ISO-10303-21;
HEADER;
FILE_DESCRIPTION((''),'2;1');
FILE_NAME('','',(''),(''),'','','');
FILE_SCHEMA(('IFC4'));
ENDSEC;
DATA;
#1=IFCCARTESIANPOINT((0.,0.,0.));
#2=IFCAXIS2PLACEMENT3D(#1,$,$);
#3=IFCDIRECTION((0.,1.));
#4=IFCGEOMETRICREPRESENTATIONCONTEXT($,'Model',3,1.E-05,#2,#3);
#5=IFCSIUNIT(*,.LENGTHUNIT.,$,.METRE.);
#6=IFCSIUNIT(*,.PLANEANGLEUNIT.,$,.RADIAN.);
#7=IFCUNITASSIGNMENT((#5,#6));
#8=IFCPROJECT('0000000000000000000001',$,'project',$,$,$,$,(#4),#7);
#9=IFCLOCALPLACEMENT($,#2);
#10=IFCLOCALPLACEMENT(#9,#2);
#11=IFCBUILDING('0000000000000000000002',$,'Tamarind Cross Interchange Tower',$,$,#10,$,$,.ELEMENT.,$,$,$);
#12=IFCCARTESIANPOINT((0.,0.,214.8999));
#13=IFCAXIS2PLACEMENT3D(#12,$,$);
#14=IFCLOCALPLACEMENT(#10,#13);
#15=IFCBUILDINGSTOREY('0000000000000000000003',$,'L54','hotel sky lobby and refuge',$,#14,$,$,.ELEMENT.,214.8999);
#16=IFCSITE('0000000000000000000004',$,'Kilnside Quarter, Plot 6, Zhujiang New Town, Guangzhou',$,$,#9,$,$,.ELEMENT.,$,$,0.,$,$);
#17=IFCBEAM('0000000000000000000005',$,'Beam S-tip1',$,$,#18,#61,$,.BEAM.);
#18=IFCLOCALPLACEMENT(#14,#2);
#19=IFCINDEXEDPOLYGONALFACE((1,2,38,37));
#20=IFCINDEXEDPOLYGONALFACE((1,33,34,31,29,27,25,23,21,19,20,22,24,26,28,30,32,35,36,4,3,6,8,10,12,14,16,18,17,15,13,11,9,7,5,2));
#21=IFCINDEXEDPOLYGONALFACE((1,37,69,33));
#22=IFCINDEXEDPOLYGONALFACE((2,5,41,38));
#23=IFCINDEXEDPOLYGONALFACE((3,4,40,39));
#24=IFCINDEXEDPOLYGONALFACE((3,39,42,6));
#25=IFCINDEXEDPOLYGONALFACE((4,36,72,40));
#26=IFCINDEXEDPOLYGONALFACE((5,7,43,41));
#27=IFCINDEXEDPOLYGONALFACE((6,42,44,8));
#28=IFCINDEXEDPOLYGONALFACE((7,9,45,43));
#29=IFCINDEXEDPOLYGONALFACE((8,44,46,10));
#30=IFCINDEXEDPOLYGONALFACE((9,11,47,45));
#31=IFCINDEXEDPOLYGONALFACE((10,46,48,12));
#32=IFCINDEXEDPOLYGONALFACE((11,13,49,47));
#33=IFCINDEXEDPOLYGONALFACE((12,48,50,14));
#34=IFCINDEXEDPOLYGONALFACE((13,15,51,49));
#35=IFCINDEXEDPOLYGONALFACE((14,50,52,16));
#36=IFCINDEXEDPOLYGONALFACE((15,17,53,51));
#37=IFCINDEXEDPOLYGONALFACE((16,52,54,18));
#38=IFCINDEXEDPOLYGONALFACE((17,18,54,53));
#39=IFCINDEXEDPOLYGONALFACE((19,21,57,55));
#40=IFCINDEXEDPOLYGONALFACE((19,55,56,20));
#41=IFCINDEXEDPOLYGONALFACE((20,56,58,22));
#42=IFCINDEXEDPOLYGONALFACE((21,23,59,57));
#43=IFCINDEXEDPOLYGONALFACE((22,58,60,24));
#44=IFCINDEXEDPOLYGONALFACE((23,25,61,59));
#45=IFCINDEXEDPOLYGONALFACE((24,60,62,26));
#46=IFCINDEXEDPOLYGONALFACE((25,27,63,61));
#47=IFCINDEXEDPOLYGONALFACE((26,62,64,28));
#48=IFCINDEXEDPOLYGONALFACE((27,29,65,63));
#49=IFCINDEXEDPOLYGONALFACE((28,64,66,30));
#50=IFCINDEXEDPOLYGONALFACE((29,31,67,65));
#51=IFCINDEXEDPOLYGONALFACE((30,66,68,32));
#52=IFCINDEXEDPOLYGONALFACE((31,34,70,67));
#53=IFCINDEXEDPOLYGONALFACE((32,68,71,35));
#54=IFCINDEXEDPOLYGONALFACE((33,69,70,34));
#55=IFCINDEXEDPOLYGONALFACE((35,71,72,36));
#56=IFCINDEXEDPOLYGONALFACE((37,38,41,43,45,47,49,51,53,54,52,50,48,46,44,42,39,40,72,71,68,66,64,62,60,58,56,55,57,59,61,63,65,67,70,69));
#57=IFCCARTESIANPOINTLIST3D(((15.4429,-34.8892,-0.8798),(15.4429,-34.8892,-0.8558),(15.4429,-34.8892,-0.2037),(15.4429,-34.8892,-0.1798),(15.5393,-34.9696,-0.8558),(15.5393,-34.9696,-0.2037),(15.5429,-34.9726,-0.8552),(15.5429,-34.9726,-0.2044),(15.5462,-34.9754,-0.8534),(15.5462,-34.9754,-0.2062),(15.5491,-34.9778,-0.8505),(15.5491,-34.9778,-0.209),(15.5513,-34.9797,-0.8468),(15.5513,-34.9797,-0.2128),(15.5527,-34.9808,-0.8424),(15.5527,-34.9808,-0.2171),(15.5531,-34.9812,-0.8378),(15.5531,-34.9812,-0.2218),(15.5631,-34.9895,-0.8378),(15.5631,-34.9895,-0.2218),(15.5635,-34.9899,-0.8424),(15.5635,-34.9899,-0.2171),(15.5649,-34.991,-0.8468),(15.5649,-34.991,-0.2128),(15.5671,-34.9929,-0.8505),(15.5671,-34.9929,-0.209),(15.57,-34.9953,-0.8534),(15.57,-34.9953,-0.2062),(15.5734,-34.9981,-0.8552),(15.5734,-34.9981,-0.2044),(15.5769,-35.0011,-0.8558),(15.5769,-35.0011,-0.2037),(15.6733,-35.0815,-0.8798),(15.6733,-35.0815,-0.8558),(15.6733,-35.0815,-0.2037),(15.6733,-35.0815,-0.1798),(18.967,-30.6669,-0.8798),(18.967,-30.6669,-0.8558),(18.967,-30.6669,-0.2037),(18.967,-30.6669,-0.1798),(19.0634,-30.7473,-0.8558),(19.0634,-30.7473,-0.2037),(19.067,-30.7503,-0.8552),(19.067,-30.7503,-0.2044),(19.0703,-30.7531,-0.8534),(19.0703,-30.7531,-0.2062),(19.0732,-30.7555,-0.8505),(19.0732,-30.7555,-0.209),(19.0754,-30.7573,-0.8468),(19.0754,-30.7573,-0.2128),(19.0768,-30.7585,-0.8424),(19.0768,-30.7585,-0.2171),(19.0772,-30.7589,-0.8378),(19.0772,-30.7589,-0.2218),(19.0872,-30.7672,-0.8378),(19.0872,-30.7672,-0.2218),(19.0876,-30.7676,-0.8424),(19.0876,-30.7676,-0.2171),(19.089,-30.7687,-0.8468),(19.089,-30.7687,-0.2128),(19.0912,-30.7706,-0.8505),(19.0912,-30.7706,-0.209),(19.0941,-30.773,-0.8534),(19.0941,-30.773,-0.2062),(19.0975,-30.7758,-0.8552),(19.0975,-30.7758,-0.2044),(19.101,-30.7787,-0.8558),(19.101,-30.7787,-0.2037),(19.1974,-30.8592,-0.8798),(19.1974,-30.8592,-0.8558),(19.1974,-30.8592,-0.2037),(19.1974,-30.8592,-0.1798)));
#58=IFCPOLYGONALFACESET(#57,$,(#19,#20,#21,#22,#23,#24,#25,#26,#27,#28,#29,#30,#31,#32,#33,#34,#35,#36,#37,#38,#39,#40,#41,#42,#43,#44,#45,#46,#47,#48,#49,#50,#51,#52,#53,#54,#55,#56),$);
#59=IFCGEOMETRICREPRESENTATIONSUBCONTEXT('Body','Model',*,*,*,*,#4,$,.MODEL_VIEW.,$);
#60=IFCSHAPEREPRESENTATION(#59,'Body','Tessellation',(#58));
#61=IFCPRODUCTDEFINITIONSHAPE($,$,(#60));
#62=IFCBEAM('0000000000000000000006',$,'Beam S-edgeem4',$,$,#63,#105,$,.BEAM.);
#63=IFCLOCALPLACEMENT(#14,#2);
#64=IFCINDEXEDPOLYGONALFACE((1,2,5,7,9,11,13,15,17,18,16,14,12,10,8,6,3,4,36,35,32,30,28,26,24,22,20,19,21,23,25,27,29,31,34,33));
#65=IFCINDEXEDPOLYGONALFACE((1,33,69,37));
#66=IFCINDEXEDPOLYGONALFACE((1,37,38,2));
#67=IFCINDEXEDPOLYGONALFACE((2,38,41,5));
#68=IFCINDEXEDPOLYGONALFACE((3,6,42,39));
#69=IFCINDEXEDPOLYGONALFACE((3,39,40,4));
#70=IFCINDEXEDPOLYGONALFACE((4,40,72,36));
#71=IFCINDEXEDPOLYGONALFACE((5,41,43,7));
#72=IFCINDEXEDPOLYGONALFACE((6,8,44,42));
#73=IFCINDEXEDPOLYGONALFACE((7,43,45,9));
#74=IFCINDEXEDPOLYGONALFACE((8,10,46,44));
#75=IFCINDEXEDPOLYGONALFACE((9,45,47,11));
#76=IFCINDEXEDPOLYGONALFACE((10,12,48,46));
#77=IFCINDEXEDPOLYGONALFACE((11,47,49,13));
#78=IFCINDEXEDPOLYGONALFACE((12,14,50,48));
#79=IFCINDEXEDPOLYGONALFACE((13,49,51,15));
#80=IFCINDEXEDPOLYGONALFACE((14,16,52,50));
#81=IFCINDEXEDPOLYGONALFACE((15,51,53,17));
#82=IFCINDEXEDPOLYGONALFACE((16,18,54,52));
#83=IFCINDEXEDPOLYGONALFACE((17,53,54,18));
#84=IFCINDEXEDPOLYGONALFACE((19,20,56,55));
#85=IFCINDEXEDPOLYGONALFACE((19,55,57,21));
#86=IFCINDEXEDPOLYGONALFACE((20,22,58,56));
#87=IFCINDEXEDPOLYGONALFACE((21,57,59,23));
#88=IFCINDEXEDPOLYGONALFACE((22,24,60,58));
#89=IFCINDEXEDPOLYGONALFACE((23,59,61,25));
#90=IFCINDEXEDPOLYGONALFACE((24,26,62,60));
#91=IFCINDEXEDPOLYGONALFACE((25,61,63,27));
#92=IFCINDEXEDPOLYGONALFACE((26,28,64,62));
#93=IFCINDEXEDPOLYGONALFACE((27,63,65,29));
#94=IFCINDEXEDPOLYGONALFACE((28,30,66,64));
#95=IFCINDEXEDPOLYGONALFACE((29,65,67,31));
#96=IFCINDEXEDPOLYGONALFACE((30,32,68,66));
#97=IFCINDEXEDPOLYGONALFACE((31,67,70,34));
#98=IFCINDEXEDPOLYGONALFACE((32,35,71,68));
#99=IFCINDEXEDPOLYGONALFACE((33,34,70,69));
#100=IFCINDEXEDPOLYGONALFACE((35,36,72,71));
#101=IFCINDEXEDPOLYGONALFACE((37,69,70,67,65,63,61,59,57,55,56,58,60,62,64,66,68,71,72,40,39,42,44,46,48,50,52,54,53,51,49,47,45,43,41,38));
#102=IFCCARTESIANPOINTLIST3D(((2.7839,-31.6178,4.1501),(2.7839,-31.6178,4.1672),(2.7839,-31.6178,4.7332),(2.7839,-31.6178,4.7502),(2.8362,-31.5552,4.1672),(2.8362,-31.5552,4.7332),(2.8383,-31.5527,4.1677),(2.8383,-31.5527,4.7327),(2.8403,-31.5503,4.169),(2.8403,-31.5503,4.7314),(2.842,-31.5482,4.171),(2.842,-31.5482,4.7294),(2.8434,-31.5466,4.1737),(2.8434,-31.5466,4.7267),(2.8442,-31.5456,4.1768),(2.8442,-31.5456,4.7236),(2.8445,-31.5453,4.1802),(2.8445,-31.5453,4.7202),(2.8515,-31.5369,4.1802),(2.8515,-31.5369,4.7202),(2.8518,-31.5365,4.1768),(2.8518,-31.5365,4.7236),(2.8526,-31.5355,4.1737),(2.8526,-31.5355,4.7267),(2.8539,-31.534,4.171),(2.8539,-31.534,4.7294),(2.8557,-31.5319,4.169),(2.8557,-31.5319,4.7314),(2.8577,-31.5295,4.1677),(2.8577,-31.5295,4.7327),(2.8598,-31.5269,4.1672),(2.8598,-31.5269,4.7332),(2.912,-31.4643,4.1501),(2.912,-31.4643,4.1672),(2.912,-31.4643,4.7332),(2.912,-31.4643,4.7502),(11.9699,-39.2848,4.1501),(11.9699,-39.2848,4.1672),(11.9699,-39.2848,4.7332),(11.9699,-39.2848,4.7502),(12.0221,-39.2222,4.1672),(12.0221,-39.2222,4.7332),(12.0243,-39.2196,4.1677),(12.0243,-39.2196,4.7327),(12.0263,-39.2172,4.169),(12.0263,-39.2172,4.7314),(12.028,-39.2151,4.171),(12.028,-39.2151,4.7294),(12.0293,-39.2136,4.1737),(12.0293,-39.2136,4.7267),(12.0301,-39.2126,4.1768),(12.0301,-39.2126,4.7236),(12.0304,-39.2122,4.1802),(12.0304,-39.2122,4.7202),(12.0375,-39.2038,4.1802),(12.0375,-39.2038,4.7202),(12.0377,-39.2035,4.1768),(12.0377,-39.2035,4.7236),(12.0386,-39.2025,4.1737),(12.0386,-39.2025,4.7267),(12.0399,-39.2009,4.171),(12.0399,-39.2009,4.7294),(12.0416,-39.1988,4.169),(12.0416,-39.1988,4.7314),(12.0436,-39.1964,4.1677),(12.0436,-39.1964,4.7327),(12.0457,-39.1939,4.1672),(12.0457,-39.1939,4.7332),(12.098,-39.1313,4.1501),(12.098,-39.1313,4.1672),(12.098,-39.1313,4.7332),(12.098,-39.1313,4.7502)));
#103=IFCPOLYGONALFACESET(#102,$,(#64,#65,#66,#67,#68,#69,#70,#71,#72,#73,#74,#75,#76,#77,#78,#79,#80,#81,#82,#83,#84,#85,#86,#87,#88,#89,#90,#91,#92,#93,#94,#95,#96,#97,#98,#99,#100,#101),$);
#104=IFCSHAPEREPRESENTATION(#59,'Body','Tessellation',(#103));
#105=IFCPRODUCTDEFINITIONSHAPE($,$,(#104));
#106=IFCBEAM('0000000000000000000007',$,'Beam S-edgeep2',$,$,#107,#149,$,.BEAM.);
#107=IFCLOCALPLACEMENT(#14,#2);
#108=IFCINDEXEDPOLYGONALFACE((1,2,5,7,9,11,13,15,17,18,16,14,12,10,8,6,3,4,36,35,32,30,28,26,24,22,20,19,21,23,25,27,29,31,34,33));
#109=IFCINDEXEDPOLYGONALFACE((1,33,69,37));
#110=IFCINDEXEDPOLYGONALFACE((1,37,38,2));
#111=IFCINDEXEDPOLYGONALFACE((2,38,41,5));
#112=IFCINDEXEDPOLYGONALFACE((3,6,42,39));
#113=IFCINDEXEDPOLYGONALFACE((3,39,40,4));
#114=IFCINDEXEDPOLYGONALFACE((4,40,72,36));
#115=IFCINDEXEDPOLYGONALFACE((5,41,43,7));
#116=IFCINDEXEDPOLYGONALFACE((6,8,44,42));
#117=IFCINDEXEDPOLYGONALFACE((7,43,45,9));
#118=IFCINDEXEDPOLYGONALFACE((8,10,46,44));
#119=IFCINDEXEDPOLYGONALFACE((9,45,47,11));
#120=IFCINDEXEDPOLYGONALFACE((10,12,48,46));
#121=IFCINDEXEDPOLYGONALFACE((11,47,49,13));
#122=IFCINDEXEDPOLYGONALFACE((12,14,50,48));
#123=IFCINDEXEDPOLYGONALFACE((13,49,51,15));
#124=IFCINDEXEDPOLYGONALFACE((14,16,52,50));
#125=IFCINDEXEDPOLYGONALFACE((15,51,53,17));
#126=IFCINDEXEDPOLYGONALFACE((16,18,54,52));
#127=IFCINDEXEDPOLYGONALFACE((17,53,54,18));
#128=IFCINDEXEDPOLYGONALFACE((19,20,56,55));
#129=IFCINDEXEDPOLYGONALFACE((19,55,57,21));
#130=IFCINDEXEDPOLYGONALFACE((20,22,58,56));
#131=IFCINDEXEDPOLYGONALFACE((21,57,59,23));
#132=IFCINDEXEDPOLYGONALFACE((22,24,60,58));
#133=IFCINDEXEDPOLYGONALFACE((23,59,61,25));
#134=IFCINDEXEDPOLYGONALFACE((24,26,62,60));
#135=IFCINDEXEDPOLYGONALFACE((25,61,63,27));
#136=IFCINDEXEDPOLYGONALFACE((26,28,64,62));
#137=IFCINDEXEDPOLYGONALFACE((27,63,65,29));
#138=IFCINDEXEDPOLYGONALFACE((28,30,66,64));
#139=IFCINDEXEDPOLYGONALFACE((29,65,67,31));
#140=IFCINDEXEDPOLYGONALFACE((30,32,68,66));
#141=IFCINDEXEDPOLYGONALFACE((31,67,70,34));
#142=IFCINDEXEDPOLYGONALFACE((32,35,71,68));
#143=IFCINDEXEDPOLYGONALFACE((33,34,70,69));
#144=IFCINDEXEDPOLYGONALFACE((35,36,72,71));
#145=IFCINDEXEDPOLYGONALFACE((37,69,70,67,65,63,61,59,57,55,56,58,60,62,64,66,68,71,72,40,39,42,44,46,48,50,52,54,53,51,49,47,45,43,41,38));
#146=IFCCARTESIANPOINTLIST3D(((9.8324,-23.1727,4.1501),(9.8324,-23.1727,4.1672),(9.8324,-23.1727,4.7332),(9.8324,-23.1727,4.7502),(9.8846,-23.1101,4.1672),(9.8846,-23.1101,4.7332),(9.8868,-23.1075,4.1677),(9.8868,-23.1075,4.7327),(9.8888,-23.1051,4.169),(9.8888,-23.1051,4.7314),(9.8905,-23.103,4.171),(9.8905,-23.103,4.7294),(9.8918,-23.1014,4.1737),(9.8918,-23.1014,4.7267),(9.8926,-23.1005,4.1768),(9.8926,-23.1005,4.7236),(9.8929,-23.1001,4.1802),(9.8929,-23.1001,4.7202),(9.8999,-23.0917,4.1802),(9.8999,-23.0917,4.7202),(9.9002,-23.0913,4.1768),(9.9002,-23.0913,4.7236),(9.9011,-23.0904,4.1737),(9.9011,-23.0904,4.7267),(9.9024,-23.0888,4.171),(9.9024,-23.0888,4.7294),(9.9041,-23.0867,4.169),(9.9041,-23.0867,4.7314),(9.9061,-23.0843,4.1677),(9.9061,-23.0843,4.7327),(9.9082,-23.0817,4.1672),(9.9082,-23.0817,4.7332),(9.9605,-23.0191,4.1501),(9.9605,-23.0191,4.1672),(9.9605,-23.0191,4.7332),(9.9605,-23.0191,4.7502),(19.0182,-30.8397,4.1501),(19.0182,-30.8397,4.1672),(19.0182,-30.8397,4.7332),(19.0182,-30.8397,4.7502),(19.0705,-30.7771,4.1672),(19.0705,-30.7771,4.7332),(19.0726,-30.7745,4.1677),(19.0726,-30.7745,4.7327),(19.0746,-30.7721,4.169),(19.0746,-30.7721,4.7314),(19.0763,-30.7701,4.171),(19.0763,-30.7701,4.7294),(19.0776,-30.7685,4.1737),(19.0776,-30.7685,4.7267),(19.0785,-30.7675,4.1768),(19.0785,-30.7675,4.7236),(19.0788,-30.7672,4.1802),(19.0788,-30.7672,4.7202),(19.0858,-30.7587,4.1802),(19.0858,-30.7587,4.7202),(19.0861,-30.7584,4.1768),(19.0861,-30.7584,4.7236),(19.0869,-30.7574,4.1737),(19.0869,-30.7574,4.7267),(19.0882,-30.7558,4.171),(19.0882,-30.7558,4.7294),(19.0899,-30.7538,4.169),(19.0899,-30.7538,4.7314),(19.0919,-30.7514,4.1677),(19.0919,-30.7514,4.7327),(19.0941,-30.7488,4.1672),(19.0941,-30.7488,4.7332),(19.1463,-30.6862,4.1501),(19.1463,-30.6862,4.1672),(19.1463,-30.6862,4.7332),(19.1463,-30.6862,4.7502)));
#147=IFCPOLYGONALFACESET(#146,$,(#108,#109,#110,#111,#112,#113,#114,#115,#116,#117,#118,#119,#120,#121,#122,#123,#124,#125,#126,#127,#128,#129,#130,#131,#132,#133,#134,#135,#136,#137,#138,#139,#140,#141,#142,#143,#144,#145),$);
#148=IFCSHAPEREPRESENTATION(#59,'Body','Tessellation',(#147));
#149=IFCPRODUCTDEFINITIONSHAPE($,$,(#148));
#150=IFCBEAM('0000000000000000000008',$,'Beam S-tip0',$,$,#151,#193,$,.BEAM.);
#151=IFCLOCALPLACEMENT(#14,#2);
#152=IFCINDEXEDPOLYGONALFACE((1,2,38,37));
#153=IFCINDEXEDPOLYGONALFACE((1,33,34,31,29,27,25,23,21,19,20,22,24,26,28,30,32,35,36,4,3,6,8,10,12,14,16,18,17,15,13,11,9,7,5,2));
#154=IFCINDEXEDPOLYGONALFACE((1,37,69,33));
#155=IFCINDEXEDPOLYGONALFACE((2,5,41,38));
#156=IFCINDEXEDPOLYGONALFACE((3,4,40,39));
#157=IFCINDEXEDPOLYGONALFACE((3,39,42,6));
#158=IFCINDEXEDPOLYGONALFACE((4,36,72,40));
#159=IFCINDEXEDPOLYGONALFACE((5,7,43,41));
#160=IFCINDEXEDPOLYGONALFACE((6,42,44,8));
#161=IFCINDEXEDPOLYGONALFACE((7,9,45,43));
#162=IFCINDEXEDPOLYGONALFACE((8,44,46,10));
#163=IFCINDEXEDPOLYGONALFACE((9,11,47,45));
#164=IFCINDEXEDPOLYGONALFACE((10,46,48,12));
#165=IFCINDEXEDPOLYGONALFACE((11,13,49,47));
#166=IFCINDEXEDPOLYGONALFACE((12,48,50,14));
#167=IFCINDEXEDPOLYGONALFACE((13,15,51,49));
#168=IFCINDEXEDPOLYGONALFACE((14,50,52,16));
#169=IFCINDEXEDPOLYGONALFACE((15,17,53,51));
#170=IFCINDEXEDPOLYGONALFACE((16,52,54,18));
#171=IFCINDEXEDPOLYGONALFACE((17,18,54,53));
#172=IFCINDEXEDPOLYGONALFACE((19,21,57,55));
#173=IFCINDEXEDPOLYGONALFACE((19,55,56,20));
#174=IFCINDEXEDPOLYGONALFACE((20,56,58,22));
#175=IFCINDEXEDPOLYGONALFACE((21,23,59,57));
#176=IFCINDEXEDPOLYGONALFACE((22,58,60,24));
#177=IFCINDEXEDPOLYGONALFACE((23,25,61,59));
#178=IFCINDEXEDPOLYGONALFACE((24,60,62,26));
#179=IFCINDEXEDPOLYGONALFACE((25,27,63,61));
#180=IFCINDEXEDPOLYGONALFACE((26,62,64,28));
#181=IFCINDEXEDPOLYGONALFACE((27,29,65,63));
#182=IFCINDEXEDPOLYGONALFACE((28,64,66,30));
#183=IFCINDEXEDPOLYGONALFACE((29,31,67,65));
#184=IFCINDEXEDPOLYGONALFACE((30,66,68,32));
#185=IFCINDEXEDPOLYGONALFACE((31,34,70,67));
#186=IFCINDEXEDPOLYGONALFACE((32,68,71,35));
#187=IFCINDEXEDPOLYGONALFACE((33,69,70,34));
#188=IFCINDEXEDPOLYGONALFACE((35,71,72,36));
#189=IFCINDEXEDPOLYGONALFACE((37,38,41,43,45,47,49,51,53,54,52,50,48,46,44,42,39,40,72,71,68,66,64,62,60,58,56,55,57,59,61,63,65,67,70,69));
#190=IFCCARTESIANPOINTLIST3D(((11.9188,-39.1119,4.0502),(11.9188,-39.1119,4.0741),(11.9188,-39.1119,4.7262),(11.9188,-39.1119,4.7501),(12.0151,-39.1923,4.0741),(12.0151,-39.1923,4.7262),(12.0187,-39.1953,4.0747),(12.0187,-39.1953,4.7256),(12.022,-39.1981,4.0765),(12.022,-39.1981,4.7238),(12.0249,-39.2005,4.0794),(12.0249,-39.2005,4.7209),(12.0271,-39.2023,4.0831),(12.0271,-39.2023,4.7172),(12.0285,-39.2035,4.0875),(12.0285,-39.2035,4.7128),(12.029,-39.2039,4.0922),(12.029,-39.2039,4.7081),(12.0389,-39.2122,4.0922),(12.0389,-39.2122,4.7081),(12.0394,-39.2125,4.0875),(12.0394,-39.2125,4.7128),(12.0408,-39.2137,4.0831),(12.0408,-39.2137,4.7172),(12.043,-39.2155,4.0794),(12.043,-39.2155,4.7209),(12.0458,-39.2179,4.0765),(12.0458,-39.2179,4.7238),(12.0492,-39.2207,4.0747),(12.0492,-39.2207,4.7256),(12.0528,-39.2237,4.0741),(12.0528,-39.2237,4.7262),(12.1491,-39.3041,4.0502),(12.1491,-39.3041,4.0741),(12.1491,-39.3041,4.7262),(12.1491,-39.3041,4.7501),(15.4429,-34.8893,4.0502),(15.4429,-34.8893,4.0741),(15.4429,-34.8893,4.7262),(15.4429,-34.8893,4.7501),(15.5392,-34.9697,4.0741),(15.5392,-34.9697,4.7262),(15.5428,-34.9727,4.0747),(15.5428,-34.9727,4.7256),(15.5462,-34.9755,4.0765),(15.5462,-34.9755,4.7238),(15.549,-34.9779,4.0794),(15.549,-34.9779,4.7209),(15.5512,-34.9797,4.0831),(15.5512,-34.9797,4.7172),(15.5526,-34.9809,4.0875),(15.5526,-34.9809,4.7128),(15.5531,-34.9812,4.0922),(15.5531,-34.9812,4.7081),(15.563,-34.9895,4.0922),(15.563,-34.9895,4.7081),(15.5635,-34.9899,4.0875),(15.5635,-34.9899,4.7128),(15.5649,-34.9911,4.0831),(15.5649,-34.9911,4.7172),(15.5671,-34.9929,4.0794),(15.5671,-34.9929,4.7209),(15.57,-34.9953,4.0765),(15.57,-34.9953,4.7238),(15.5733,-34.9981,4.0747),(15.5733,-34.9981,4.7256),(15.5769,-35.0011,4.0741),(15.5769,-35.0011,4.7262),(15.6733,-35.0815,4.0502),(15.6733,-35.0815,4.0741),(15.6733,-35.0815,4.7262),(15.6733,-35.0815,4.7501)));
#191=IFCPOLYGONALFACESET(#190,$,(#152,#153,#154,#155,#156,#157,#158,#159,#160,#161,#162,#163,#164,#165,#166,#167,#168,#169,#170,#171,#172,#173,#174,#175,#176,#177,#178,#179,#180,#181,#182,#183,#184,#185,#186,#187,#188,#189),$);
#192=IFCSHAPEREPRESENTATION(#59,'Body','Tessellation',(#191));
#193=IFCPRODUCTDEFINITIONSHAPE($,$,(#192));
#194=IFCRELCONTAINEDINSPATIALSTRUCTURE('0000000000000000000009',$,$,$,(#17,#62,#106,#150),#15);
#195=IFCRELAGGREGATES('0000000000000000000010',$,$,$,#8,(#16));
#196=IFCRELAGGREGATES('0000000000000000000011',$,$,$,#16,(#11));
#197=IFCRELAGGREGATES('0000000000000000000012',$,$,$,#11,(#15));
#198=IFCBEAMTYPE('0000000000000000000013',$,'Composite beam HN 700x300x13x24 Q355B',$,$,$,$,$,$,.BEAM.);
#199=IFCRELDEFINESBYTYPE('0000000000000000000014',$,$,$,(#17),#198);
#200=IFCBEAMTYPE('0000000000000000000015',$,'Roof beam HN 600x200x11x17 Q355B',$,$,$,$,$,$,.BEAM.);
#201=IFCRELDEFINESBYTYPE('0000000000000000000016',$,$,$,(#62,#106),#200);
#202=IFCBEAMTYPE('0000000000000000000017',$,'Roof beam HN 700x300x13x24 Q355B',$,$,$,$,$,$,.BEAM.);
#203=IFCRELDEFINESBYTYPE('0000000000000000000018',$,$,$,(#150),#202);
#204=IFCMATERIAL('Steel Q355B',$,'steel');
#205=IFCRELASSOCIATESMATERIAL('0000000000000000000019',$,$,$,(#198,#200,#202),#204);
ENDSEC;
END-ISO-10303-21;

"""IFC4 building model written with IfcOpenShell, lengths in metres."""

from ifc_helpers import new_model, si_unit, direction, frame, origin, origin_2d, place, context, subcontext, project, spatial, i_section, extrude, material, material_profile, profile_set, type_object, element, save


model = new_model("IFC4")

# Units and contexts
model_context = context("Model", 3, precision=1e-05, world=origin(), true_north=direction((0.0, 1.0)))
body_context = subcontext(model_context, "Body", "Model", "MODEL_VIEW")
ifc_project = project(units=[si_unit("LENGTHUNIT", "METRE"), si_unit("PLANEANGLEUNIT", "RADIAN")], contexts=[model_context])

# Site, building, storey
site_placement = place(None, origin())
site = spatial("IfcSite", under=ifc_project, at=site_placement, Name="Kilnside Quarter, Plot 6, Zhujiang New Town, Guangzhou", CompositionType="ELEMENT", RefElevation=0.0)
building_placement = place(site_placement, origin())
building = spatial("IfcBuilding", under=site, at=building_placement, Name="Tamarind Cross Interchange Tower", CompositionType="ELEMENT")
storey_placement = place(building_placement, frame((0.0, 0.0, 214.8999)))
storey = spatial("IfcBuildingStorey", under=building, at=storey_placement, Name="L54", Description="hotel sky lobby and refuge", CompositionType="ELEMENT", Elevation=214.8999)

# Beams
ifc_material_1 = material(Name="Steel Q355B", Category="steel")
ifc_material_profile_1 = material_profile(ifc_material_1, i_section(OverallWidth=0.3, OverallDepth=0.7, WebThickness=0.0129, FlangeThickness=0.0239, FilletRadius=0.0181, at=origin_2d()), Name="HN 700x300x13x24")
ifc_profile_set_1 = profile_set([ifc_material_profile_1], Name="Steel Q355B")
beam_type_1 = type_object("IfcBeamType", Name="Composite beam HN 700x300x13x24 Q355B", PredefinedType="BEAM", material=ifc_profile_set_1)
beam_1_placement = place(storey_placement, frame((15.5581, -34.9854, -0.5298), z_axis=(0.640774, 0.76773, 0.0), x_axis=(-0.76773, 0.640774, 0.0)))
element("IfcBeam", 1, at=beam_1_placement, inside=storey, type_object=beam_type_1, Name="Beam S-tip1", PredefinedType="BEAM", context=body_context, shape_type="SweptSolid", body=[
    extrude(i_section(OverallWidth=0.3, OverallDepth=0.7, WebThickness=0.0129, FlangeThickness=0.0239, FilletRadius=0.0181, at=origin_2d()), origin(), (0.0, 0.0, 1.0), 5.4998),
])
ifc_material_profile_2 = material_profile(ifc_material_1, i_section(OverallWidth=0.2, OverallDepth=0.6001, WebThickness=0.011, FlangeThickness=0.0171, FilletRadius=0.0129, at=origin_2d()), Name="HN 600x200x11x17")
ifc_profile_set_2 = profile_set([ifc_material_profile_2], Name="Steel Q355B")
beam_type_2 = type_object("IfcBeamType", Name="Roof beam HN 600x200x11x17 Q355B", PredefinedType="BEAM", material=ifc_profile_set_2)
for number, where, z_axis, x_axis, name in (
    (2, (12.0339, -39.208, 4.4502), (-0.767729, 0.640774, 0.0), (-0.640774, -0.767729, 0.0), "Beam S-edgeem4"),
    (3, (19.0823, -30.7629, 4.4502), (-0.767721, 0.640784, 0.0), (-0.640784, -0.767721, 0.0), "Beam S-edgeep2"),
):
    element("IfcBeam", number, at=place(storey_placement, frame(where, z_axis=z_axis, x_axis=x_axis)), inside=storey, type_object=beam_type_2, Name=name, PredefinedType="BEAM", context=body_context, shape_type="SweptSolid", body=[
        extrude(i_section(OverallWidth=0.2, OverallDepth=0.6001, WebThickness=0.011, FlangeThickness=0.0171, FilletRadius=0.0129, at=origin_2d()), origin(), (0.0, 0.0, 1.0), 11.9651),
    ])
ifc_material_profile_3 = material_profile(ifc_material_1, i_section(OverallWidth=0.3, OverallDepth=0.7, WebThickness=0.0129, FlangeThickness=0.0239, FilletRadius=0.0181, at=origin_2d()), Name="HN 700x300x13x24")
ifc_profile_set_3 = profile_set([ifc_material_profile_3], Name="Steel Q355B")
beam_type_3 = type_object("IfcBeamType", Name="Roof beam HN 700x300x13x24 Q355B", PredefinedType="BEAM", material=ifc_profile_set_3)
beam_2_placement = place(storey_placement, frame((12.0339, -39.208, 4.4001), z_axis=(0.640752, 0.767748, 0.0), x_axis=(-0.767748, 0.640752, 0.0)))
element("IfcBeam", 4, at=beam_2_placement, inside=storey, type_object=beam_type_3, Name="Beam S-tip0", PredefinedType="BEAM", context=body_context, shape_type="SweptSolid", body=[
    extrude(i_section(OverallWidth=0.3, OverallDepth=0.7, WebThickness=0.0129, FlangeThickness=0.0239, FilletRadius=0.0181, at=origin_2d()), origin(), (0.0, 0.0, 1.0), 5.5),
])

save(model, "model.ifc")
